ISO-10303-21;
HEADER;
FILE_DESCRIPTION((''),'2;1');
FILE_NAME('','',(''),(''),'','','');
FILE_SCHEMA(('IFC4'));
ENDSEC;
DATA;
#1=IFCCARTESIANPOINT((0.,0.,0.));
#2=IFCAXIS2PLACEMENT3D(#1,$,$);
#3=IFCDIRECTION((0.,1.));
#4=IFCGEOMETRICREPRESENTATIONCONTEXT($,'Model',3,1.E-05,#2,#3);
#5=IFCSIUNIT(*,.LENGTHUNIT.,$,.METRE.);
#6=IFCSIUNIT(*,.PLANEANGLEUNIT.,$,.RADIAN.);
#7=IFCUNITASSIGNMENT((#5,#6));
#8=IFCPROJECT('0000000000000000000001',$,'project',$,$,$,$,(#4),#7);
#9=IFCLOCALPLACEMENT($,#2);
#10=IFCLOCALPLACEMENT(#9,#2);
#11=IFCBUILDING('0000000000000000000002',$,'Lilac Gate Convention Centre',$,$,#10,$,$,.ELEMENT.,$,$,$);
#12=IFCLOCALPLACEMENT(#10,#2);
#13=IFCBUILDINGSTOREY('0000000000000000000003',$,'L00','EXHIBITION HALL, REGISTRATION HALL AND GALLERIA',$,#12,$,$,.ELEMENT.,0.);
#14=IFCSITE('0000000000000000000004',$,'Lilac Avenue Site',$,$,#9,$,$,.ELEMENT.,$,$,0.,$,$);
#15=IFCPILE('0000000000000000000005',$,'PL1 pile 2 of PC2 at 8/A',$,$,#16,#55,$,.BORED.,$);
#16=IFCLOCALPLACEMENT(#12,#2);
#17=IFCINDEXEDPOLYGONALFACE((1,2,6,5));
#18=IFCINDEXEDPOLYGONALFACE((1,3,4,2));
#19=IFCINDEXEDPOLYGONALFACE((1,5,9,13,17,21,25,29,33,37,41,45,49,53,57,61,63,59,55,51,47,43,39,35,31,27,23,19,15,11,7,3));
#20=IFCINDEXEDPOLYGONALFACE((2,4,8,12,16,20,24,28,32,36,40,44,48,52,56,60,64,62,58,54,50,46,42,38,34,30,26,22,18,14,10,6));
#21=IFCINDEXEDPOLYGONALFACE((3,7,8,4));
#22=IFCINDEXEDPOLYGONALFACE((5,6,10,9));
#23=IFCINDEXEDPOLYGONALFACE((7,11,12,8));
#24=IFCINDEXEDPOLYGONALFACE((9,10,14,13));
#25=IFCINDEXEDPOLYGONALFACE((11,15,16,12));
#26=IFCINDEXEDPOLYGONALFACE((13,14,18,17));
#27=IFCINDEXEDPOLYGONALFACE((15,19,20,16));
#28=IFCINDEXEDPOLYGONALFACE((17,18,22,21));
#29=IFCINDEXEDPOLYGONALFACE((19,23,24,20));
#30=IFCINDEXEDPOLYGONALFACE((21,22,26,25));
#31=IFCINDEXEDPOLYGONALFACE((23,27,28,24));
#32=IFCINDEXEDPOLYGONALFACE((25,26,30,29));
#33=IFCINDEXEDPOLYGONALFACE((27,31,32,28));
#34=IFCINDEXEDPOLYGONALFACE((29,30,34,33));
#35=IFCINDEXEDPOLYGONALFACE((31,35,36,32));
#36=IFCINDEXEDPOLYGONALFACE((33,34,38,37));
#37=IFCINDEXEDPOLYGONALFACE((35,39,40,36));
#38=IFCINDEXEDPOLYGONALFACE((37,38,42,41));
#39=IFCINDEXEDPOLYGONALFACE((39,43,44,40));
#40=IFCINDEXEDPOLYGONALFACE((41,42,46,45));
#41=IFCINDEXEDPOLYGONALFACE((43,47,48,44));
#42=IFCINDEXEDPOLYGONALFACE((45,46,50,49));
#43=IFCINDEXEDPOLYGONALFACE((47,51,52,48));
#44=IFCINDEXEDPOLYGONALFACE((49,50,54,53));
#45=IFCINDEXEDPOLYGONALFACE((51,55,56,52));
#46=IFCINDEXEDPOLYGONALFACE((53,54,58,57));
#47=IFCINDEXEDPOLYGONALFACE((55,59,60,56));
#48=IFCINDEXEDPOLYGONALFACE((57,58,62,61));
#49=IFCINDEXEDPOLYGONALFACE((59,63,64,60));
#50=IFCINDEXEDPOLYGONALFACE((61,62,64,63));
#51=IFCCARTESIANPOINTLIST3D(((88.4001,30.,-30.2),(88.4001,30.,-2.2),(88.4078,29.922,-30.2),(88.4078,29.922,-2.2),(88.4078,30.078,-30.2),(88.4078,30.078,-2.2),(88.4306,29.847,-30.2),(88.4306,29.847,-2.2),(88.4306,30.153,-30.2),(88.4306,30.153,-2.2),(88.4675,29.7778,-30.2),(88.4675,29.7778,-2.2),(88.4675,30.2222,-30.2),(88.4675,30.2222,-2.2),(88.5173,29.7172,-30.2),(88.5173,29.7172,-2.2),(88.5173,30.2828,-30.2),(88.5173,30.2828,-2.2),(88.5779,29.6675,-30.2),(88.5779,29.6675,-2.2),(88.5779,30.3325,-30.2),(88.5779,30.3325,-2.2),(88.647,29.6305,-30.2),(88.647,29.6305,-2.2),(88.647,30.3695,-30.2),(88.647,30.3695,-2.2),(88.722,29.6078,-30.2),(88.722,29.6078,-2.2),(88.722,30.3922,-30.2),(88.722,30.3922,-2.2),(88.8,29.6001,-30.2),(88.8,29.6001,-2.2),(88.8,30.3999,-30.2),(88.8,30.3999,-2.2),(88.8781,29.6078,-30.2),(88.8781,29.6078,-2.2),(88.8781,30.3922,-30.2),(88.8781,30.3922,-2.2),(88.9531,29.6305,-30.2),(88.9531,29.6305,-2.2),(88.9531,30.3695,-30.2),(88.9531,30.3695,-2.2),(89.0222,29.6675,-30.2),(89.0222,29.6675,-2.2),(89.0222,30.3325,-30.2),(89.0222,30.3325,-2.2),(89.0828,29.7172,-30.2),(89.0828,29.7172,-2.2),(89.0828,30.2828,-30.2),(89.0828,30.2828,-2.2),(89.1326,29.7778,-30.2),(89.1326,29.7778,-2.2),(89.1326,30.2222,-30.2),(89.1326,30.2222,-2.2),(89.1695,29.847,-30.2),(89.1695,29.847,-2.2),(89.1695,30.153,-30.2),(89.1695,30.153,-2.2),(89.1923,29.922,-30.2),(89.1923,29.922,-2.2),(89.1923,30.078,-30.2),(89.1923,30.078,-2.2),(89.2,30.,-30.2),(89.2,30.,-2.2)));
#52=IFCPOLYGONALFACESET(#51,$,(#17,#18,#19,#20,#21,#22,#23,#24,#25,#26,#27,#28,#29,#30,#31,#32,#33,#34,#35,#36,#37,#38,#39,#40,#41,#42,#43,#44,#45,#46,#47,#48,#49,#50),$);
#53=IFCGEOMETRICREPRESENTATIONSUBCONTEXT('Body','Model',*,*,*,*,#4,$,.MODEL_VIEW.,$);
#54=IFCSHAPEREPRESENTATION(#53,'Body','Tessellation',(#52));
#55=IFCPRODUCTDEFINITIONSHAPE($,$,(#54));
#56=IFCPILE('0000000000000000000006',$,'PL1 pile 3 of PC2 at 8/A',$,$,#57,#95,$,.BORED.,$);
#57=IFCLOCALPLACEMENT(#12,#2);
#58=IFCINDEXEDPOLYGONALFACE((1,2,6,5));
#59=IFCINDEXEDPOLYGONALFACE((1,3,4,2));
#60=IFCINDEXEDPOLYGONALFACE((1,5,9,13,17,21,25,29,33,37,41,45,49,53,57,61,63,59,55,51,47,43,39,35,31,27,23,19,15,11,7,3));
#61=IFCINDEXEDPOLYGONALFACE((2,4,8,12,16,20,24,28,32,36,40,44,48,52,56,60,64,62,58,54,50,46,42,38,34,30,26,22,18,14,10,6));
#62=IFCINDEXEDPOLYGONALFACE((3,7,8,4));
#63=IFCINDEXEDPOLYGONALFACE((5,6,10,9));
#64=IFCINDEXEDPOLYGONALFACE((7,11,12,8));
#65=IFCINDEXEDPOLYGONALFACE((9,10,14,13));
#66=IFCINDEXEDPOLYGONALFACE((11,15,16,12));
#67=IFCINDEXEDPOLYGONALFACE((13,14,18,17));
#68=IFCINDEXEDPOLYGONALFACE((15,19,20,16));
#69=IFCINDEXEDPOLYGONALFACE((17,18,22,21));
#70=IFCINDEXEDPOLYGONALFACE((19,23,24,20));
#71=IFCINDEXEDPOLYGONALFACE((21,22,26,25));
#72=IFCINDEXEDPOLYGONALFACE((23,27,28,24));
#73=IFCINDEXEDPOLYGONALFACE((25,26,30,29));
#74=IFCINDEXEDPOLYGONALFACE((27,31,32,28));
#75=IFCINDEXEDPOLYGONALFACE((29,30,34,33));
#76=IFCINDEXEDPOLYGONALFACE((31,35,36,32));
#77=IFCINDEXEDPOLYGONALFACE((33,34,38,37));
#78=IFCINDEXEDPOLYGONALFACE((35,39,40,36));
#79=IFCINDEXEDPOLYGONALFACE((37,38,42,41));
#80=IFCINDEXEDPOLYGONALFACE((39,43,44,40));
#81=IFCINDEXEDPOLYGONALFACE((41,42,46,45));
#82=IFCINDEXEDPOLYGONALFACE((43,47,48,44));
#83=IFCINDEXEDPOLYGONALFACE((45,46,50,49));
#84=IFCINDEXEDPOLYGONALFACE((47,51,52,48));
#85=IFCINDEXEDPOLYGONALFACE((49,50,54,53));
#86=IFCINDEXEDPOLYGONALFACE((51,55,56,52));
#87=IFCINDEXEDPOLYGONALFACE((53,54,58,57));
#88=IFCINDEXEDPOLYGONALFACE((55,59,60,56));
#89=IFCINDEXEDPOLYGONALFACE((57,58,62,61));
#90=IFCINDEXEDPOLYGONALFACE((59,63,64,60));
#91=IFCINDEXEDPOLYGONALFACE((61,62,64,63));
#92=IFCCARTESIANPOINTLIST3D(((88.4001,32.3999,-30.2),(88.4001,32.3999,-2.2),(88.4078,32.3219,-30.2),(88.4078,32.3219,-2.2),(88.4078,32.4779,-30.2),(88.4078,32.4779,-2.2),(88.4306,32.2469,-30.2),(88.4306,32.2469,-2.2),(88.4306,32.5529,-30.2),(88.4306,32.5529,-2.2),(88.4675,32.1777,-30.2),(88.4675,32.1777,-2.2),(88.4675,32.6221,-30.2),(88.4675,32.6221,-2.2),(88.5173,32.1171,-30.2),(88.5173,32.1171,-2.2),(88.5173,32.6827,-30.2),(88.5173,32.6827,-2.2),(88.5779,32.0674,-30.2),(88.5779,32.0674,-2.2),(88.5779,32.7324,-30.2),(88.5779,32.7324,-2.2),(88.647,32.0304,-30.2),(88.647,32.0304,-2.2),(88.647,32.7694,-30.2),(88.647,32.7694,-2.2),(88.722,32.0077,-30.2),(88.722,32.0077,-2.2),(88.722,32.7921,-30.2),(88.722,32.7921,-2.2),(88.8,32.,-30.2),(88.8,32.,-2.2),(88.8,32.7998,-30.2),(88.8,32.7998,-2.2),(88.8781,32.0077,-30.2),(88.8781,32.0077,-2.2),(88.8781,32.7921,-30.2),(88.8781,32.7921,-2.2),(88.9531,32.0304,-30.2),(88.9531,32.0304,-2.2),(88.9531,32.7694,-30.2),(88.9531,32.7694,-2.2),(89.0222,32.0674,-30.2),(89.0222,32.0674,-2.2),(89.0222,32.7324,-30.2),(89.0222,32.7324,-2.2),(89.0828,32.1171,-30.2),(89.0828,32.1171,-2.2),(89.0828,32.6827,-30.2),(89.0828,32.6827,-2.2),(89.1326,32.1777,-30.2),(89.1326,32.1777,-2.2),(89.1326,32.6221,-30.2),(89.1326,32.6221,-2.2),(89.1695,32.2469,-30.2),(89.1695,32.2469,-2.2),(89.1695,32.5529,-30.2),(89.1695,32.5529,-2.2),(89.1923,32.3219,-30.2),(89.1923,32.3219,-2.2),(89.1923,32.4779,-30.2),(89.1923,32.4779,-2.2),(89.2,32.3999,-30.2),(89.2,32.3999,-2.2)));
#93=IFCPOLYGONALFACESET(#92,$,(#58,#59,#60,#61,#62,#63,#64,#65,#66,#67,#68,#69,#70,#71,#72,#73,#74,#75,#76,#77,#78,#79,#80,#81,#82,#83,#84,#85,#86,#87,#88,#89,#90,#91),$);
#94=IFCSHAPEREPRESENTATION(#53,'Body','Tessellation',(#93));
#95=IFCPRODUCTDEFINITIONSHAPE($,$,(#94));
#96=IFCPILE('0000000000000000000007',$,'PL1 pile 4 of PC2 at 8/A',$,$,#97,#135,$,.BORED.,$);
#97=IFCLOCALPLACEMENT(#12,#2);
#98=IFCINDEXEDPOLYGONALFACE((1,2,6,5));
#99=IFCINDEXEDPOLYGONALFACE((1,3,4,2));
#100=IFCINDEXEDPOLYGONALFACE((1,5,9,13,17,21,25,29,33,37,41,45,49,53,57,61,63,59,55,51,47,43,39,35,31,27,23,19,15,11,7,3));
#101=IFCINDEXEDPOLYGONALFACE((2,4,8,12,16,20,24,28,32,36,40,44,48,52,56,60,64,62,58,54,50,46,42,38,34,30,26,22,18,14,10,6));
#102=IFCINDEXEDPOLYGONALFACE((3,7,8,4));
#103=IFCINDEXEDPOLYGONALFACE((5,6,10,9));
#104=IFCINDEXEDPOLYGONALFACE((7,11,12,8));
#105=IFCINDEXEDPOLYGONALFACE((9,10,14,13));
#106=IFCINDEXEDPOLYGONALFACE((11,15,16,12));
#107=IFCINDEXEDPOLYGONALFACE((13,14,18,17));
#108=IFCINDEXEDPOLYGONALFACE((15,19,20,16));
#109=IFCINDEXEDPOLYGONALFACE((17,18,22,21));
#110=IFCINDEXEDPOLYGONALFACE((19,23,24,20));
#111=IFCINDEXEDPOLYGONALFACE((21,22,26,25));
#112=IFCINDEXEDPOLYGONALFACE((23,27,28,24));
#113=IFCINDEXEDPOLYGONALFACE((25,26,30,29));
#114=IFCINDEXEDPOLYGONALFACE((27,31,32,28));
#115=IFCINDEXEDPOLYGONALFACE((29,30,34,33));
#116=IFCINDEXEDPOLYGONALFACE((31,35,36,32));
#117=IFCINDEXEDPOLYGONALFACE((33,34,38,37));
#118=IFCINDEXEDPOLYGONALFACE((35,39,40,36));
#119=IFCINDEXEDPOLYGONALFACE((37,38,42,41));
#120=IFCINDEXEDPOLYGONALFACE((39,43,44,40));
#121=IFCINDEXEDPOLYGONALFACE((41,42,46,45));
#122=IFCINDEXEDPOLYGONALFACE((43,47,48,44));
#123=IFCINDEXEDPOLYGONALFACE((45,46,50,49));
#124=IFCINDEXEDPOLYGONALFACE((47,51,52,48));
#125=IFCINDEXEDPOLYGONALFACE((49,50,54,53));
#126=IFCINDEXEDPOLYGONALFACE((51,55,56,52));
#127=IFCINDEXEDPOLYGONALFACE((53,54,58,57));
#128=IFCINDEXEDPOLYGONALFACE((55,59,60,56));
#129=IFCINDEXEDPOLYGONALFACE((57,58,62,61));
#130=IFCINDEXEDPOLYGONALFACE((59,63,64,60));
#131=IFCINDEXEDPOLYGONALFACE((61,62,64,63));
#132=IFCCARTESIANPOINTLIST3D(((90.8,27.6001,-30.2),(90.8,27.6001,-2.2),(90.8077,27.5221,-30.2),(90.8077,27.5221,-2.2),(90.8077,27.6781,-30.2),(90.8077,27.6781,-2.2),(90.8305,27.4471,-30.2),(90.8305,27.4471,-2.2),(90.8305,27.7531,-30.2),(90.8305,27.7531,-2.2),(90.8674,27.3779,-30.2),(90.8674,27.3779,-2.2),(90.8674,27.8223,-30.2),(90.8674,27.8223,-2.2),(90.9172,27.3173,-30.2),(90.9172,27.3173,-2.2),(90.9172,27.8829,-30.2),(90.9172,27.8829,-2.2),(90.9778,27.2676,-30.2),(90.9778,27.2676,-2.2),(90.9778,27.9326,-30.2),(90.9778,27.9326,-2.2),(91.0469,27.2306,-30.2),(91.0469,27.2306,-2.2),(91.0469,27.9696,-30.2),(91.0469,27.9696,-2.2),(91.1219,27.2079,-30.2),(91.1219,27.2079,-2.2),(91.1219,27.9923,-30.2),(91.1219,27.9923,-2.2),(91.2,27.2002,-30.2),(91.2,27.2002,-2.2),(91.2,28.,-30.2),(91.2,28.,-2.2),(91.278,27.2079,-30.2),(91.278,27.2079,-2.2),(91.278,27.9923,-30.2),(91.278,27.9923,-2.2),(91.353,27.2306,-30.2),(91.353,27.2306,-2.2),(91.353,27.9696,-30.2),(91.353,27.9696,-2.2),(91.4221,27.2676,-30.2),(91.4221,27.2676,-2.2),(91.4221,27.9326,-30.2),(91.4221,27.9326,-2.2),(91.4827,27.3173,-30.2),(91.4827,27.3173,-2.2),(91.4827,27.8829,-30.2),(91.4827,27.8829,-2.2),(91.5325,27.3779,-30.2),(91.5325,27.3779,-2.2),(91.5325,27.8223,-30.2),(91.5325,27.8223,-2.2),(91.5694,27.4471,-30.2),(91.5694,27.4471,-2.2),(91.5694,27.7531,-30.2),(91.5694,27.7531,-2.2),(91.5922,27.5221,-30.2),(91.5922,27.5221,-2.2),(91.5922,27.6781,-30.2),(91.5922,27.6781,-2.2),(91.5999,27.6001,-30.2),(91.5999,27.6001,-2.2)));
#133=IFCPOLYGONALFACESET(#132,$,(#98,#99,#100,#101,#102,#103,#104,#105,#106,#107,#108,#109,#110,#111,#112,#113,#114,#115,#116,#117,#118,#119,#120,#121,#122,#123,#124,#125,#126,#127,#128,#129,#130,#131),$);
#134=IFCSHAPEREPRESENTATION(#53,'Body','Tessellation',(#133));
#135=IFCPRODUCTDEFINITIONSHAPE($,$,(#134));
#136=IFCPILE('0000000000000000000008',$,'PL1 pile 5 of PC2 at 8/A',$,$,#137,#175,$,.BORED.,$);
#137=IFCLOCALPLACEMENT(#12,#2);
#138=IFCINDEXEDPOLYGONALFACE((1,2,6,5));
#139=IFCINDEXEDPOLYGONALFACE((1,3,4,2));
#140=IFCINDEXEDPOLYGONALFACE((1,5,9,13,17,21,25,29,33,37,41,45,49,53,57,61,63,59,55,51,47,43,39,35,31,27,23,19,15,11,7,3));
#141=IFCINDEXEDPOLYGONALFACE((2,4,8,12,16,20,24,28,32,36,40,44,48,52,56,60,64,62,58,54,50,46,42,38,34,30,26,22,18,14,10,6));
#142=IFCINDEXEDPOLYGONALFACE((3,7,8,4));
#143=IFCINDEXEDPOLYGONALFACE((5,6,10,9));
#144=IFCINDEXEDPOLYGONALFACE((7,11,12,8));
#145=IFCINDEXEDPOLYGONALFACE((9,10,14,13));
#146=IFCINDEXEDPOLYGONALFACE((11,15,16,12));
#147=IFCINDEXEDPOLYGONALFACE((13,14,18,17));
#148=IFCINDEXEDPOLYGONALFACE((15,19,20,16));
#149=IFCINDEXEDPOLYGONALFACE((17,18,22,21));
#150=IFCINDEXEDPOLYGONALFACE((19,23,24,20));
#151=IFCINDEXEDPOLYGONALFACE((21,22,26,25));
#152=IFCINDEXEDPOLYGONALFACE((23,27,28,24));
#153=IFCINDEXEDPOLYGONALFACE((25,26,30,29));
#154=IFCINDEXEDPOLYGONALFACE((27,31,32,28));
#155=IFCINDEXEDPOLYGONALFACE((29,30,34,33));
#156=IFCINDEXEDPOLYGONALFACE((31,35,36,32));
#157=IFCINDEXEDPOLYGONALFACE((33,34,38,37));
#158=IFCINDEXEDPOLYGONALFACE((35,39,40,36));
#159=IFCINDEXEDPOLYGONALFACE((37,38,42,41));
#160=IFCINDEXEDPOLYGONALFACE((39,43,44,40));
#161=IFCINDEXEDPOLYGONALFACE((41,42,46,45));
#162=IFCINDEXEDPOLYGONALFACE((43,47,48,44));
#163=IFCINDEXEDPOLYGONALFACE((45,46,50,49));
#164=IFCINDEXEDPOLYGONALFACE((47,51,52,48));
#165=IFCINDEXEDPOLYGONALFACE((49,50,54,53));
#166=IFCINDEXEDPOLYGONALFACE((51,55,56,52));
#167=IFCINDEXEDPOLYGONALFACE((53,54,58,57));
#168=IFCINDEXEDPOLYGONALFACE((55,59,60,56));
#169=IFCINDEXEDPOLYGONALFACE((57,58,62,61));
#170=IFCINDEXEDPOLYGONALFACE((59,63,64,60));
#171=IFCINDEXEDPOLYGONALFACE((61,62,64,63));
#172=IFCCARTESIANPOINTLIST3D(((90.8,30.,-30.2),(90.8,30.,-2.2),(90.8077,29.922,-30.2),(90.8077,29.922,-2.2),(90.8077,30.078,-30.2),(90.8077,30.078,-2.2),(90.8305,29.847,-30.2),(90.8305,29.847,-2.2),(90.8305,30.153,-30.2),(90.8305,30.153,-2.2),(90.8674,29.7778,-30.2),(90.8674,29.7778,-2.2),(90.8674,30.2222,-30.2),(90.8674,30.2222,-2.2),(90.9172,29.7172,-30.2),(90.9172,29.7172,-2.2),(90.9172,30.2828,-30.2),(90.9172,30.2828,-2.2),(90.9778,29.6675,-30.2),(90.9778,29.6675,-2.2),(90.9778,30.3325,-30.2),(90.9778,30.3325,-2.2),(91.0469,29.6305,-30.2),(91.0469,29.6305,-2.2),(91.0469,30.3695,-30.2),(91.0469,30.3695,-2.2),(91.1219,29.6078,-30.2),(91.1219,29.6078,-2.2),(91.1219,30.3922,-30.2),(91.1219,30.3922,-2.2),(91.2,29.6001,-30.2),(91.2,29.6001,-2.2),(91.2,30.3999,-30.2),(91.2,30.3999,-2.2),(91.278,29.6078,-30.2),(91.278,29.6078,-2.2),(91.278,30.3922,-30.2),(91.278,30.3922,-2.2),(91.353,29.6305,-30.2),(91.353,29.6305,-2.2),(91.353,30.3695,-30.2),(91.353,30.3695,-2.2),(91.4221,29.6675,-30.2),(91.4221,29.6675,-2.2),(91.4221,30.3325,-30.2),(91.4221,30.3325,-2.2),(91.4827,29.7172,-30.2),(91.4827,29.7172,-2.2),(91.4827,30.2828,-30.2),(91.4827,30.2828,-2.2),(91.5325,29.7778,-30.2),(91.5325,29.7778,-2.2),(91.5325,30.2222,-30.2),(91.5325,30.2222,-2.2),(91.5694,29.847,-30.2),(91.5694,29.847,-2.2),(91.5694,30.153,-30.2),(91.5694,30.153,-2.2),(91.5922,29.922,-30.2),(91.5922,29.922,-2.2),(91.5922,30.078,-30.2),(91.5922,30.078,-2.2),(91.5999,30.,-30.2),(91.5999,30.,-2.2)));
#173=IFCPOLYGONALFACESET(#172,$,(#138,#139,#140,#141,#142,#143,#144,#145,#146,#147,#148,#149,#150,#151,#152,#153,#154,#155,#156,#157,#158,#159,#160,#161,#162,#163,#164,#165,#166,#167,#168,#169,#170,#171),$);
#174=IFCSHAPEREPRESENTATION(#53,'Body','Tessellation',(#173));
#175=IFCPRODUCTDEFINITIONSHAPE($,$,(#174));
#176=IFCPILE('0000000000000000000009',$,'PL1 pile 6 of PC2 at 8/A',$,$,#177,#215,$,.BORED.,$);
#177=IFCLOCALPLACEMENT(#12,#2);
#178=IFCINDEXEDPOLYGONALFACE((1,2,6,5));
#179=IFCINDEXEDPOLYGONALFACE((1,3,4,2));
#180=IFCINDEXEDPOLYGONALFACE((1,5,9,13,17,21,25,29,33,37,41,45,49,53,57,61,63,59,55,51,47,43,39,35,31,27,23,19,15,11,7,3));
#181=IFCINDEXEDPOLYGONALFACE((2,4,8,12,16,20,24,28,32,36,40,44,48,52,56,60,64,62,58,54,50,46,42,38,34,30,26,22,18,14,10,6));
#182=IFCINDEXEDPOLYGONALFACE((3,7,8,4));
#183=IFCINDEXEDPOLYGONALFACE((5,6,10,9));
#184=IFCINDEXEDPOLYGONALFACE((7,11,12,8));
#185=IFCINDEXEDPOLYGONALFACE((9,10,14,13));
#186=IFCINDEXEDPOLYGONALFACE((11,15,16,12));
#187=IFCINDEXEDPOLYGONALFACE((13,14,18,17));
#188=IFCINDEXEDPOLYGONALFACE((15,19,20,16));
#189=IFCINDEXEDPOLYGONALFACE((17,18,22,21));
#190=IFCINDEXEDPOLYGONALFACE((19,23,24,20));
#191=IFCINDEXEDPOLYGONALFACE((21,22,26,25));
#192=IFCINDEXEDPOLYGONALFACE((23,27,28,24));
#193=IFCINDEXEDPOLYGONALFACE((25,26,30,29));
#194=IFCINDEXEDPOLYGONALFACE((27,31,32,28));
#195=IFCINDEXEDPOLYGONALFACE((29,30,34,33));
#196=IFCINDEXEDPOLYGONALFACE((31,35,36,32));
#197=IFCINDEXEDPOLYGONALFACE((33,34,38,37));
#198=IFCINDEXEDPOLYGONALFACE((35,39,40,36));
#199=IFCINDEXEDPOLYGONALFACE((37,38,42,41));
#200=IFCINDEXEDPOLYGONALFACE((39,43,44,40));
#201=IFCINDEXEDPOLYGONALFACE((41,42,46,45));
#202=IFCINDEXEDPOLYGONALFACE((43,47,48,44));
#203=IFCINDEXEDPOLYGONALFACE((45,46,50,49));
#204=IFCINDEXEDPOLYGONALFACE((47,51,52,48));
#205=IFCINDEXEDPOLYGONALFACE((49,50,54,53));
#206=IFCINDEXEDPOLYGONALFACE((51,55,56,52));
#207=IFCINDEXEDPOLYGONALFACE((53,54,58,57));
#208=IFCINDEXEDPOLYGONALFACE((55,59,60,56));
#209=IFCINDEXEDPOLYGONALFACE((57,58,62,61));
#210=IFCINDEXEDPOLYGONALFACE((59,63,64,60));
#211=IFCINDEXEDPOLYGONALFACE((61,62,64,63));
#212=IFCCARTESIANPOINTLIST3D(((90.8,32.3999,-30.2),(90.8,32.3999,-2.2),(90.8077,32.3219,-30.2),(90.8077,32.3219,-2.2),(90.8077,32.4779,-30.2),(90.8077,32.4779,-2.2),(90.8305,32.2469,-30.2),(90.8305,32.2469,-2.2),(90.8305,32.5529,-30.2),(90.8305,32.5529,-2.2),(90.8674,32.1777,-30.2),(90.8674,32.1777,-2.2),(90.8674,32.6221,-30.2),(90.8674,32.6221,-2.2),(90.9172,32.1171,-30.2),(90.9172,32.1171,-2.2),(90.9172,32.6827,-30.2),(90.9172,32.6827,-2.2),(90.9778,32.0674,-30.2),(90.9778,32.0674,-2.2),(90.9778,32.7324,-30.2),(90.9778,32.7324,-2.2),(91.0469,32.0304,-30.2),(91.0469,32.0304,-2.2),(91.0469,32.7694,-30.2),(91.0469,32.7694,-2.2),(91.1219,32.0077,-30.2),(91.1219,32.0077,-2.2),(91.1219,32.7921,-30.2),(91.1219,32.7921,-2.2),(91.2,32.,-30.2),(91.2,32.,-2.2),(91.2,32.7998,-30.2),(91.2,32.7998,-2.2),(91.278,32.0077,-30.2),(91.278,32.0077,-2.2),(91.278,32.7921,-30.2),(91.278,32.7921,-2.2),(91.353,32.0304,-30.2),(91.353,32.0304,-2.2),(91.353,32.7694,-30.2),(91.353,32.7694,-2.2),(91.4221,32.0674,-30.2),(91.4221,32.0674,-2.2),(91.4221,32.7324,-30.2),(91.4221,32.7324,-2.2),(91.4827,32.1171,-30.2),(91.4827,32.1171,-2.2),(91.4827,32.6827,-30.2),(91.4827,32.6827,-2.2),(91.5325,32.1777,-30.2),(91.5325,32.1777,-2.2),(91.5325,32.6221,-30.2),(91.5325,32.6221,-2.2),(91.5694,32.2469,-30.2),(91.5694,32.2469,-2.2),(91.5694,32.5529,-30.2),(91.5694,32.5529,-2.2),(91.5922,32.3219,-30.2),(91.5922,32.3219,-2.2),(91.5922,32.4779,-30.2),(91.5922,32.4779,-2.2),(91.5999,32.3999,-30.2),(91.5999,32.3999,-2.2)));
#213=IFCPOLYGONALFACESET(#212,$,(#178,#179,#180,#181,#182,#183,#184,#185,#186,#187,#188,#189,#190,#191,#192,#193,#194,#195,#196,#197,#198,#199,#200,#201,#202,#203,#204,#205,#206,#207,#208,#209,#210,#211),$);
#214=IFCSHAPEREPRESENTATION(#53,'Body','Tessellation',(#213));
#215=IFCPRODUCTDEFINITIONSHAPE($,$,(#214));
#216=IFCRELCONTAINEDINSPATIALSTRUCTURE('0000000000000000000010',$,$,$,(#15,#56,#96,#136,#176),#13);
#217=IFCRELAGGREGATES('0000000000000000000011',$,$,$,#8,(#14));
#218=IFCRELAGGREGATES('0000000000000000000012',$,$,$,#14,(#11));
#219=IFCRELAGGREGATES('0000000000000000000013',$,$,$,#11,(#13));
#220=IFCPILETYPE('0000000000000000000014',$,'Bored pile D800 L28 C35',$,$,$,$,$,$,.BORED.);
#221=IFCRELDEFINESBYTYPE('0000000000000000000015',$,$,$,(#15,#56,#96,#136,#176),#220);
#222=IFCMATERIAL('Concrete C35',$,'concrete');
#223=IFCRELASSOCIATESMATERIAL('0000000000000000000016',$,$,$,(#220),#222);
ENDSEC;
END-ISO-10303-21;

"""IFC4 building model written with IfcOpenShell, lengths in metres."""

from ifc_helpers import new_model, si_unit, direction, frame, origin, origin_2d, place, context, subcontext, project, spatial, circle, extrude, material, material_profile, profile_set, type_object, element, save


model = new_model("IFC4")

# Units and contexts
model_context = context("Model", 3, precision=1e-05, world=origin(), true_north=direction((0.0, 1.0)))
body_context = subcontext(model_context, "Body", "Model", "MODEL_VIEW")
ifc_project = project(units=[si_unit("LENGTHUNIT", "METRE"), si_unit("PLANEANGLEUNIT", "RADIAN")], contexts=[model_context])

# Site, building, storey
site_placement = place(None, origin())
site = spatial("IfcSite", under=ifc_project, at=site_placement, Name="Lilac Avenue Site", CompositionType="ELEMENT", RefElevation=0.0)
building_placement = place(site_placement, origin())
building = spatial("IfcBuilding", under=site, at=building_placement, Name="Lilac Gate Convention Centre", CompositionType="ELEMENT")
storey_placement = place(building_placement, origin())
storey = spatial("IfcBuildingStorey", under=building, at=storey_placement, Name="L00", Description="EXHIBITION HALL, REGISTRATION HALL AND GALLERIA", CompositionType="ELEMENT", Elevation=0.0)

# Piles
ifc_material_1 = material(Name="Concrete C35", Category="concrete")
ifc_material_profile_1 = material_profile(ifc_material_1, circle(Radius=0.3999, at=origin_2d()), Name="D800")
ifc_profile_set_1 = profile_set([ifc_material_profile_1], Name="Concrete C35")
pile_type = type_object("IfcPileType", Name="Bored pile D800 L28 C35", PredefinedType="BORED", material=ifc_profile_set_1)
for number, where, z_axis, x_axis, name in (
    (1, (88.8, 30.0, -2.2), (0.0, 0.0, -1.0), (1.0, 0.0, 0.0), "PL1 pile 2 of PC2 at 8/A"),
    (2, (88.8, 32.3999, -2.2), (0.0, 0.0, -1.0), (1.0, 0.0, 0.0), "PL1 pile 3 of PC2 at 8/A"),
    (3, (91.2, 27.6001, -2.2), (0.0, 0.0, -1.0), (1.0, 0.0, 0.0), "PL1 pile 4 of PC2 at 8/A"),
    (4, (91.2, 30.0, -2.2), (0.0, 0.0, -1.0), (1.0, 0.0, 0.0), "PL1 pile 5 of PC2 at 8/A"),
    (5, (91.2, 32.3999, -2.2), (0.0, 0.0, -1.0), (1.0, 0.0, 0.0), "PL1 pile 6 of PC2 at 8/A"),
):
    element("IfcPile", number, at=place(storey_placement, frame(where, z_axis=z_axis, x_axis=x_axis)), inside=storey, type_object=pile_type, Name=name, PredefinedType="BORED", context=body_context, shape_type="SweptSolid", body=[
        extrude(circle(Radius=0.3999, at=origin_2d()), origin(), (0.0, 0.0, 1.0), 28.0),
    ])

save(model, "model.ifc")
